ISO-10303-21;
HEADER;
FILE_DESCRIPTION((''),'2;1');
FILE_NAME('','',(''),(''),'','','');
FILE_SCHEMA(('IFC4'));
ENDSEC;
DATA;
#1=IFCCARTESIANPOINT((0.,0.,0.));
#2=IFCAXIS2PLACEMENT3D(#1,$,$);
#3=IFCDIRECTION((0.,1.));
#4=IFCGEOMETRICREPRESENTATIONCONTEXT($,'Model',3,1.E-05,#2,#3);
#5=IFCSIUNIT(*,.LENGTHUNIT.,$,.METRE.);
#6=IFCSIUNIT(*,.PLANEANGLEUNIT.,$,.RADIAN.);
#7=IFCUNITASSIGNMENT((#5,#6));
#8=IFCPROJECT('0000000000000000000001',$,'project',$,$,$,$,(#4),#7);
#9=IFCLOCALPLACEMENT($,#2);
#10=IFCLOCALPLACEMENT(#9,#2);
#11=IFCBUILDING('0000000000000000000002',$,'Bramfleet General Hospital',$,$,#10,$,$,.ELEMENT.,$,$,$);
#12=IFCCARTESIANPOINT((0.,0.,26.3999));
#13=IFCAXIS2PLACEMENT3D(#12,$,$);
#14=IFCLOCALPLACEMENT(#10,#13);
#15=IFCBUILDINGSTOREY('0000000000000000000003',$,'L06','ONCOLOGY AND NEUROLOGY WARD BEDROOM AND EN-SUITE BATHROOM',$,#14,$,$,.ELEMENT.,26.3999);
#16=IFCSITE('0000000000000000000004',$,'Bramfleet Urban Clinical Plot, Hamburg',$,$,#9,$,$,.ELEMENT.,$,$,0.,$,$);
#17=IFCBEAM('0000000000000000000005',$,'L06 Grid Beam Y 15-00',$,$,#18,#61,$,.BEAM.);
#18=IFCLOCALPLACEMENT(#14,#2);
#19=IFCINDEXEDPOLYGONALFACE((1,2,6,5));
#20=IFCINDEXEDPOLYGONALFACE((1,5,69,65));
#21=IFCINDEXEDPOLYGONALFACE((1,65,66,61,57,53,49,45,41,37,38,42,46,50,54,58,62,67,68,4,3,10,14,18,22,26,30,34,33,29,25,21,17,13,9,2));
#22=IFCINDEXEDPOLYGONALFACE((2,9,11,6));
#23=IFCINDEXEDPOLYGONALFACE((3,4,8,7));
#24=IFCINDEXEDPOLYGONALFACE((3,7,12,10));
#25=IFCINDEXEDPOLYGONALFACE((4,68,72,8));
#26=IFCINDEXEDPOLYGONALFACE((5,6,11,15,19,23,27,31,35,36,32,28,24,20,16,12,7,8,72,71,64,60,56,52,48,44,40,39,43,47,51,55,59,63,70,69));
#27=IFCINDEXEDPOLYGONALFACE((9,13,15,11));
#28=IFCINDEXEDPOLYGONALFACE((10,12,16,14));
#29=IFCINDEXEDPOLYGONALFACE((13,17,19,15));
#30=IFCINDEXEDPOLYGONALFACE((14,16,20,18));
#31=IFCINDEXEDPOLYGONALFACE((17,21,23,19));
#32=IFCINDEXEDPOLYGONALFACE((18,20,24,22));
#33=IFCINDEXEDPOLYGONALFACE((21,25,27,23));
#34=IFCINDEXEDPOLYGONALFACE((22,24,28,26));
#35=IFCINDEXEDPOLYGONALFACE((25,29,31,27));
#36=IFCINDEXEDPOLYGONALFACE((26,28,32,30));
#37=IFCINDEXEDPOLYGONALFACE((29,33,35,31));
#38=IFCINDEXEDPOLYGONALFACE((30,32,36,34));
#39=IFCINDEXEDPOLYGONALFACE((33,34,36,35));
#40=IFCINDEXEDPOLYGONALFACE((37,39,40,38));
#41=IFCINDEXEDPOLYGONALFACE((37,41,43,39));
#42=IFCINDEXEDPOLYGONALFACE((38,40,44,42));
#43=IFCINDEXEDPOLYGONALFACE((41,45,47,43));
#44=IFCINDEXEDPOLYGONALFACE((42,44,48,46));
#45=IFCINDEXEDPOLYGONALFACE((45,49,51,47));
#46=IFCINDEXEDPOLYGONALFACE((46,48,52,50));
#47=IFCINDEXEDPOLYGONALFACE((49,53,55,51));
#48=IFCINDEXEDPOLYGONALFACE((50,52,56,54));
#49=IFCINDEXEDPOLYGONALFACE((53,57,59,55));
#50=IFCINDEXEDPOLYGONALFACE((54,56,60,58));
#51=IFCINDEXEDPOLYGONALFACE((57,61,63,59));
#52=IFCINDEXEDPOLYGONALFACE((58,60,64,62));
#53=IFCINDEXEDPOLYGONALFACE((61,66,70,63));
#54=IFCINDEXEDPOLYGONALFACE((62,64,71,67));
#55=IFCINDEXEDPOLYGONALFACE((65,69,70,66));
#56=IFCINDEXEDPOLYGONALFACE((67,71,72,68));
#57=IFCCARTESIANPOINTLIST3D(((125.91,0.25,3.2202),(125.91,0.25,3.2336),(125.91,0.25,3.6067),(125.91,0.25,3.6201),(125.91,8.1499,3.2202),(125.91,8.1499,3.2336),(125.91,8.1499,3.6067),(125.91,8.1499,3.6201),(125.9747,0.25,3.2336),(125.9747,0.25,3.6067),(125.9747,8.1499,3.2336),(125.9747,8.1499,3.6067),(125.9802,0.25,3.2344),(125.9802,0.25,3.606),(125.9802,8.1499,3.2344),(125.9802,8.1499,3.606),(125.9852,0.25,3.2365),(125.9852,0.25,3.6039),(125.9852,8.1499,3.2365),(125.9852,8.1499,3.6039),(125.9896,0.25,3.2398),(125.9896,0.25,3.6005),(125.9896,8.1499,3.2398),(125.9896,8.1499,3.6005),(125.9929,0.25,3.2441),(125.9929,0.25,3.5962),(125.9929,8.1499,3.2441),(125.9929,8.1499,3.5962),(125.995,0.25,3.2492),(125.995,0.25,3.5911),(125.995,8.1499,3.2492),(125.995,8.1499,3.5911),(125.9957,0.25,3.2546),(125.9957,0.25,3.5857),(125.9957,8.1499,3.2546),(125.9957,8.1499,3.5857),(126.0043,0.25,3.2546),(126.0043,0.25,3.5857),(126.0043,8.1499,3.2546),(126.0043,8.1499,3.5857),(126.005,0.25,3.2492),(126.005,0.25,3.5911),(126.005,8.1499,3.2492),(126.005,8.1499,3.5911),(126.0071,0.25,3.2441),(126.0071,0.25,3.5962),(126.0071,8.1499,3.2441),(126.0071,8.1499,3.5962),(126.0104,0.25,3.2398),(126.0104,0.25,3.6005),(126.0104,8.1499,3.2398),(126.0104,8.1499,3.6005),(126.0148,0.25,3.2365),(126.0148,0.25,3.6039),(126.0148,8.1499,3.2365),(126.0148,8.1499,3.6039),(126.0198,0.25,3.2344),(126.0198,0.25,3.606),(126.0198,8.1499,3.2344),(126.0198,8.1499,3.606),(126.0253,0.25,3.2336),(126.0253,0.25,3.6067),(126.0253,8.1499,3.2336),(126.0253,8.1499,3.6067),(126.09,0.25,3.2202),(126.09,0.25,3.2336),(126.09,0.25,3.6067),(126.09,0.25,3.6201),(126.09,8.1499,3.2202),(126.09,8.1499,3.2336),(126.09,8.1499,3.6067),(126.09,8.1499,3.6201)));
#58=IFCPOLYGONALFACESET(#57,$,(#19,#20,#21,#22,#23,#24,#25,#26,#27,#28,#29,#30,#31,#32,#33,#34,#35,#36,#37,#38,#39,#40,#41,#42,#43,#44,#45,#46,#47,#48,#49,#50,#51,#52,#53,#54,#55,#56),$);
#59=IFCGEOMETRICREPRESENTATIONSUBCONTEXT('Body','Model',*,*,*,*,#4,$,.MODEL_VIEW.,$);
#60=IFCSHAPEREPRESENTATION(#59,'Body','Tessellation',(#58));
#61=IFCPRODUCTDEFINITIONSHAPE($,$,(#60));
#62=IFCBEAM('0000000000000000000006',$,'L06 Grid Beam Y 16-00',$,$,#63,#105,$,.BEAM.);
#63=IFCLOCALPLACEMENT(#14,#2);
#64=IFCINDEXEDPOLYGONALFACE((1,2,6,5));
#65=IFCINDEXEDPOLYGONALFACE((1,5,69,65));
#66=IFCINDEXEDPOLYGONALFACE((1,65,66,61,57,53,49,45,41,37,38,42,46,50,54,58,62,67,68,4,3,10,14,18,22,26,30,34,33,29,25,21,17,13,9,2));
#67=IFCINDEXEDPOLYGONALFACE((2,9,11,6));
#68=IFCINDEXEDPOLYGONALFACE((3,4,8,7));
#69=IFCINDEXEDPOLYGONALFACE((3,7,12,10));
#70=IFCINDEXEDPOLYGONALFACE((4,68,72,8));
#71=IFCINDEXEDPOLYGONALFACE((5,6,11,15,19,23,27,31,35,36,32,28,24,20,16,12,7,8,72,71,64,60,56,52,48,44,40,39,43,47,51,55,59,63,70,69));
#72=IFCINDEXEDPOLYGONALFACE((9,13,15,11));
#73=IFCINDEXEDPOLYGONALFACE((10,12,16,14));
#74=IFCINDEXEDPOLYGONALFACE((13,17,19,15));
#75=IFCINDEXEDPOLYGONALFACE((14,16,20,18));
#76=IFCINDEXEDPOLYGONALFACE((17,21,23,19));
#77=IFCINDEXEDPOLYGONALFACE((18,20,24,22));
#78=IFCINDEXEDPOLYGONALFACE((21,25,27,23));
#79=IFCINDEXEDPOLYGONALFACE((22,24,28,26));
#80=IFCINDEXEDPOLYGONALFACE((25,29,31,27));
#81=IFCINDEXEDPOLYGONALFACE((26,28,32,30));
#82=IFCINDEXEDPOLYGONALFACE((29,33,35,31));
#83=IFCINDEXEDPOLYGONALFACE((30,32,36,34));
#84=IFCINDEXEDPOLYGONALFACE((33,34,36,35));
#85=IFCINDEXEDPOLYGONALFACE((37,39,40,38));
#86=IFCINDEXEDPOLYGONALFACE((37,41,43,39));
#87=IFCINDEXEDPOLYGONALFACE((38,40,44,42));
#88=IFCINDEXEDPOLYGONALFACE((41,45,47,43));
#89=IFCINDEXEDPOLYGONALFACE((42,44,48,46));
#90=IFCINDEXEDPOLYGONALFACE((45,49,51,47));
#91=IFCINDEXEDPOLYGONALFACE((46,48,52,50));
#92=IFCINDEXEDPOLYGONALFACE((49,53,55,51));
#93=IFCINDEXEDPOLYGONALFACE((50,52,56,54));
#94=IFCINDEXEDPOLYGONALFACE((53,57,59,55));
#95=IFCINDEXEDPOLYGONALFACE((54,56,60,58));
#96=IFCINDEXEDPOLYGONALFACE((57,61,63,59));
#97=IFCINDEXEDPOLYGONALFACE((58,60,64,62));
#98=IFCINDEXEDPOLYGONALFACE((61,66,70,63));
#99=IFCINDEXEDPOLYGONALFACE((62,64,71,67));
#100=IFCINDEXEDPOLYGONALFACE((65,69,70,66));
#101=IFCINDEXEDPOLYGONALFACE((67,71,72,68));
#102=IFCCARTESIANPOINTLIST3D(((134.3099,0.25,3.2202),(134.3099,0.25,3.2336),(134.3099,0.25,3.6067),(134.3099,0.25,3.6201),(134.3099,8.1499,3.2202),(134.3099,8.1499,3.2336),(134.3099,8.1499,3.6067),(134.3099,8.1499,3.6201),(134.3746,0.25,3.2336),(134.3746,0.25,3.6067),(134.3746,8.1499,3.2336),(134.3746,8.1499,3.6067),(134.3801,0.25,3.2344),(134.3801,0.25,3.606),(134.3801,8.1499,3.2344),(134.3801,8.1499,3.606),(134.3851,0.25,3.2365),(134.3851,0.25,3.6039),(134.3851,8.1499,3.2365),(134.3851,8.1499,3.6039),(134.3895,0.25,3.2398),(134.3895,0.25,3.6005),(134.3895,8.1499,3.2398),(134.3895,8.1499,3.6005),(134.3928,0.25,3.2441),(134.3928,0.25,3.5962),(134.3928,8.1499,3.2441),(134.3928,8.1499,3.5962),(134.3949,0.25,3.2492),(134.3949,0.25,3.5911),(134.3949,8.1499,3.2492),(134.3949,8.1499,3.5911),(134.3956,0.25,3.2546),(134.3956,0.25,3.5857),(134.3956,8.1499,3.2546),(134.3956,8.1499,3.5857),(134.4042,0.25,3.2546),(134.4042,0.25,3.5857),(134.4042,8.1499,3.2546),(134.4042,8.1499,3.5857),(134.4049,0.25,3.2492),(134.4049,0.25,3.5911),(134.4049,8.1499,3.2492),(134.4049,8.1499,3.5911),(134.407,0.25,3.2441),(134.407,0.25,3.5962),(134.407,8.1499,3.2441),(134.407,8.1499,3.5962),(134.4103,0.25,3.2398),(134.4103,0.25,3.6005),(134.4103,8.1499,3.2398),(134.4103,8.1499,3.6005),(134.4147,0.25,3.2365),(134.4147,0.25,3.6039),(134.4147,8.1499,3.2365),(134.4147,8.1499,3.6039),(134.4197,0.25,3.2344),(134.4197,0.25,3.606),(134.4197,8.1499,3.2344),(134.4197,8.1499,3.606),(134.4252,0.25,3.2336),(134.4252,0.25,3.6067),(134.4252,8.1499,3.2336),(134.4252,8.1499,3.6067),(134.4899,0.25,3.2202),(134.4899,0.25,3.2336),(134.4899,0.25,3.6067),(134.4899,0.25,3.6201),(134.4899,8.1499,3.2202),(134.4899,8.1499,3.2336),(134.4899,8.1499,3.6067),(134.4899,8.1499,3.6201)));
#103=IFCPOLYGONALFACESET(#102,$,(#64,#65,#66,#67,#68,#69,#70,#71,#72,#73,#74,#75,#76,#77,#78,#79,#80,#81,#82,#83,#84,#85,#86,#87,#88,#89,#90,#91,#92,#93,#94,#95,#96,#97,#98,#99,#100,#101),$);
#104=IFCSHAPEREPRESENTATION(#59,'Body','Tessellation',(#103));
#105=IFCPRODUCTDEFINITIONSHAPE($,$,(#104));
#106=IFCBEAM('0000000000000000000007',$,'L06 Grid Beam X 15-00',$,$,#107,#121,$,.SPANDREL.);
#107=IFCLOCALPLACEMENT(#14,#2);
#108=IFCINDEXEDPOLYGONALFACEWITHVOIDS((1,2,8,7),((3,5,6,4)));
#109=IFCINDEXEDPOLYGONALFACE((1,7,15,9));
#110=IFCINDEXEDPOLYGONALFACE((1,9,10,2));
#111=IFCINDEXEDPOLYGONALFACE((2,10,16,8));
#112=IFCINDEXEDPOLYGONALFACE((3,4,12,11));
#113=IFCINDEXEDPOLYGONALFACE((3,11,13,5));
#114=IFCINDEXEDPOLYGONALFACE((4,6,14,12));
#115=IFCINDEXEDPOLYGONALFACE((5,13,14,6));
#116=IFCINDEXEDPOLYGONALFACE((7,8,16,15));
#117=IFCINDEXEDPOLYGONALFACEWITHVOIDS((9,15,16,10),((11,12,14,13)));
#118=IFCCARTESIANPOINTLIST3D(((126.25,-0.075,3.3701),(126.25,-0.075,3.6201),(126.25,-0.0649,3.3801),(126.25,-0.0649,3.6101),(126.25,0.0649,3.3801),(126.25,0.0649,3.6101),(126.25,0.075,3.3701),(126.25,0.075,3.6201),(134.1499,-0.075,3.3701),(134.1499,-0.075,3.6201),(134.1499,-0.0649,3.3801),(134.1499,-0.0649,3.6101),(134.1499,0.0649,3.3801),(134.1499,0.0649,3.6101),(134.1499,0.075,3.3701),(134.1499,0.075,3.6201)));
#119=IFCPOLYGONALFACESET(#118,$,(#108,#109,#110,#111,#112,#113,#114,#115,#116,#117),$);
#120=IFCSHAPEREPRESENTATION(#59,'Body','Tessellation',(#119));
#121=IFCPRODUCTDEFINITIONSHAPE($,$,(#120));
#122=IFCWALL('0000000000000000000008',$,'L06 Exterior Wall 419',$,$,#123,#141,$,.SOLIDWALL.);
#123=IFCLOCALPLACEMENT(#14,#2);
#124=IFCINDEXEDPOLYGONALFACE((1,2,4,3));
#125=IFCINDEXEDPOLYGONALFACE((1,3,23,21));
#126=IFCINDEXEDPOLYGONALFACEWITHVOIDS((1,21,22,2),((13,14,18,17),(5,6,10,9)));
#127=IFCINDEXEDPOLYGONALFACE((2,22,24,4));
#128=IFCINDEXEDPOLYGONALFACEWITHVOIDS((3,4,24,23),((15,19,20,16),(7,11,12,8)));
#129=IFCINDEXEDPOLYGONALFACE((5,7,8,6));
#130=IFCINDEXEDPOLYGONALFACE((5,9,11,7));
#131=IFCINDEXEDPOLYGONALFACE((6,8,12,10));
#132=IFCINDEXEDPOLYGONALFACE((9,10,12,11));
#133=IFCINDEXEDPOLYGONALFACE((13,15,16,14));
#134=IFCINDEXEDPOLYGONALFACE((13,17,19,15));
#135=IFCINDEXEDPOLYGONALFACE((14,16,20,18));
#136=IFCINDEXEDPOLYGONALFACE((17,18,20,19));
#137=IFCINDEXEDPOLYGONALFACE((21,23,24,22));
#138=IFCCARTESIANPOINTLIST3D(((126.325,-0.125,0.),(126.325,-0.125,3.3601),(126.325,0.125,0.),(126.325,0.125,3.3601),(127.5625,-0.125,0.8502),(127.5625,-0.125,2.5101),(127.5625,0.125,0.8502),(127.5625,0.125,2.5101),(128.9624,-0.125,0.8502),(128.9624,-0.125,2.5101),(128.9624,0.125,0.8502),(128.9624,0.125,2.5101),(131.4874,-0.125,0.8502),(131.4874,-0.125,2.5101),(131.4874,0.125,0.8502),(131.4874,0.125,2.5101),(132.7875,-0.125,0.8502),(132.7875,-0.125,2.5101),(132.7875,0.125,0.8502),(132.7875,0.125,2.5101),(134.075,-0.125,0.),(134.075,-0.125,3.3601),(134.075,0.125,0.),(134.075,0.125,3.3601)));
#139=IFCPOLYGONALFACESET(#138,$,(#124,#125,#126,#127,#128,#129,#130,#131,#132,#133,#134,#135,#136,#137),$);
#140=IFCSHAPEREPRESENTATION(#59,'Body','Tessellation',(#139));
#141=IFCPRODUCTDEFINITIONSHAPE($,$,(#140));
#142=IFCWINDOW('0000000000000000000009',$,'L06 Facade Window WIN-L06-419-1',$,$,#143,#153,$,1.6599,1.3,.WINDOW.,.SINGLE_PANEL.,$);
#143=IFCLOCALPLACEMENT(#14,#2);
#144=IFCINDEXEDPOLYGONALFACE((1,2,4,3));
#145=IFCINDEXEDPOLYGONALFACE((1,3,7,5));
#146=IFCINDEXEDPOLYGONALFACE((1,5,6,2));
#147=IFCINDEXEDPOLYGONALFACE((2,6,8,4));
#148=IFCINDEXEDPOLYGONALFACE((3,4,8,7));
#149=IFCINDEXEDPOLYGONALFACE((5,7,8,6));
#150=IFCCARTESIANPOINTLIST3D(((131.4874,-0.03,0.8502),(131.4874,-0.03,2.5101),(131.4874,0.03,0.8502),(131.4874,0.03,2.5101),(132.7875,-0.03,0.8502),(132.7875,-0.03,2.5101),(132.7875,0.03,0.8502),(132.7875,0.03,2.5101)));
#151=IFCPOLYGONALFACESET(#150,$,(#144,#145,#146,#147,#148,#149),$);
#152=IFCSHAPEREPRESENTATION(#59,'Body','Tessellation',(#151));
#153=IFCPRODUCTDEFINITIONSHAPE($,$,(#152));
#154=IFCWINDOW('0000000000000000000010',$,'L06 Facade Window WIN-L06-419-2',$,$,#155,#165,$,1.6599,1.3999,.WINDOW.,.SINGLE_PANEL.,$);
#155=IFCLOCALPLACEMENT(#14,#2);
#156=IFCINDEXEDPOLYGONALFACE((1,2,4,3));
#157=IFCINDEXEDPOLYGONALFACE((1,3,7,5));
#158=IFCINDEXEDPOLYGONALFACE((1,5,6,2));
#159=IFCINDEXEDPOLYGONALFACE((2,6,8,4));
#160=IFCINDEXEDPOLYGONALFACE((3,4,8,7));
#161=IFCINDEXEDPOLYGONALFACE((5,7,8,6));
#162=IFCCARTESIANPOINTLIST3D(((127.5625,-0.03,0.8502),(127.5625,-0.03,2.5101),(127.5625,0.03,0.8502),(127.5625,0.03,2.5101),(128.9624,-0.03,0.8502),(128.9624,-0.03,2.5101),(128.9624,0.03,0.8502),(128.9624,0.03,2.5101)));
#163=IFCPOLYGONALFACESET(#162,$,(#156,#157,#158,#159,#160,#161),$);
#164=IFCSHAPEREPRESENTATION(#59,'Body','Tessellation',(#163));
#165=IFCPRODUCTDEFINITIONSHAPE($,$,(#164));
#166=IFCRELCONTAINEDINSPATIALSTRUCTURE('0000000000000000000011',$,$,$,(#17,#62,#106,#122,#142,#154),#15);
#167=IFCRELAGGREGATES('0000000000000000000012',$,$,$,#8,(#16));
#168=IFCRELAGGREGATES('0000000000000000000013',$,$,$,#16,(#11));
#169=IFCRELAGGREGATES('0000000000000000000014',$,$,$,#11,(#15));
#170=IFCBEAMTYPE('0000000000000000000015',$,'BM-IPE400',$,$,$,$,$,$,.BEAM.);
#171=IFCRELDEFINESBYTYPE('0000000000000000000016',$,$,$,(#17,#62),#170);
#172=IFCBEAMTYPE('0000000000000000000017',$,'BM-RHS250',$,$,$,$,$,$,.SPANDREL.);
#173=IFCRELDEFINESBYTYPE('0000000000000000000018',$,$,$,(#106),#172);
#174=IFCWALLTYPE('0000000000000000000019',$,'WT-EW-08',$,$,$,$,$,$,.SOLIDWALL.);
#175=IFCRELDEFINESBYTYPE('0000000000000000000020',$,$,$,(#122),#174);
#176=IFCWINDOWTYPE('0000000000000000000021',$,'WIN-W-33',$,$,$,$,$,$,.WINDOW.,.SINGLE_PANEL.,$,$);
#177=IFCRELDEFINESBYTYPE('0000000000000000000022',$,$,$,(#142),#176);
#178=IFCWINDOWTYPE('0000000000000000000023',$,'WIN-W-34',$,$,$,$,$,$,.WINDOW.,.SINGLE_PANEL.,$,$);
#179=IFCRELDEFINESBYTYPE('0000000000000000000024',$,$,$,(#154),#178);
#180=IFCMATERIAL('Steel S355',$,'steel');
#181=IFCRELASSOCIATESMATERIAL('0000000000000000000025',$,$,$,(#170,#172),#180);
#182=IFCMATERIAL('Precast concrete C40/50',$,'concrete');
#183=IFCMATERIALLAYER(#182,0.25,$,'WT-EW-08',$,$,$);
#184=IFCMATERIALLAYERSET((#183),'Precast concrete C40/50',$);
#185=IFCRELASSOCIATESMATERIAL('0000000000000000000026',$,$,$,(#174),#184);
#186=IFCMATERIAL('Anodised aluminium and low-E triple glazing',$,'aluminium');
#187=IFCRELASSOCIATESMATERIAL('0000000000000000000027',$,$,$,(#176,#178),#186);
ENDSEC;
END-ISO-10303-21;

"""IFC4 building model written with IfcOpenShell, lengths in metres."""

from ifc_helpers import new_model, si_unit, direction, frame, frame_2d, origin, origin_2d, place, context, subcontext, project, spatial, rectangle, hollow_rectangle, i_section, extrude, material, layer, layer_set, material_profile, profile_set, type_object, element, fill, save


model = new_model("IFC4")

# Units and contexts
model_context = context("Model", 3, precision=1e-05, world=origin(), true_north=direction((0.0, 1.0)))
body_context = subcontext(model_context, "Body", "Model", "MODEL_VIEW")
ifc_project = project(units=[si_unit("LENGTHUNIT", "METRE"), si_unit("PLANEANGLEUNIT", "RADIAN")], contexts=[model_context])

# Site, building, storey
site_placement = place(None, origin())
site = spatial("IfcSite", under=ifc_project, at=site_placement, Name="Bramfleet Urban Clinical Plot, Hamburg", CompositionType="ELEMENT", RefElevation=0.0)
building_placement = place(site_placement, origin())
building = spatial("IfcBuilding", under=site, at=building_placement, Name="Bramfleet General Hospital", CompositionType="ELEMENT")
storey_placement = place(building_placement, frame((0.0, 0.0, 26.3999)))
storey = spatial("IfcBuildingStorey", under=building, at=storey_placement, Name="L06", Description="ONCOLOGY AND NEUROLOGY WARD BEDROOM AND EN-SUITE BATHROOM", CompositionType="ELEMENT", Elevation=26.3999)

# Beams
ifc_material_1 = material(Name="Steel S355", Category="steel")
ifc_material_profile_1 = material_profile(ifc_material_1, i_section(OverallWidth=0.1799, OverallDepth=0.3999, WebThickness=0.0085, FlangeThickness=0.0134, FilletRadius=0.021, at=origin_2d()), Name="IPE 400")
ifc_profile_set_1 = profile_set([ifc_material_profile_1], Name="Steel S355")
beam_type_1 = type_object("IfcBeamType", Name="BM-IPE400", PredefinedType="BEAM", material=ifc_profile_set_1)
for number, where, z_axis, x_axis, name in (
    (1, (126.0, 0.25, 3.4202), (0.0, 1.0, 0.0), (-1.0, 0.0, 0.0), "L06 Grid Beam Y 15-00"),
    (2, (134.3999, 0.25, 3.4202), (0.0, 1.0, 0.0), (-1.0, 0.0, 0.0), "L06 Grid Beam Y 16-00"),
):
    element("IfcBeam", number, at=place(storey_placement, frame(where, z_axis=z_axis, x_axis=x_axis)), inside=storey, type_object=beam_type_1, Name=name, PredefinedType="BEAM", context=body_context, shape_type="SweptSolid", body=[
        extrude(i_section(OverallWidth=0.1799, OverallDepth=0.3999, WebThickness=0.0085, FlangeThickness=0.0134, FilletRadius=0.021, at=origin_2d()), origin(), (0.0, 0.0, 1.0), 7.8999),
    ])
ifc_material_profile_2 = material_profile(ifc_material_1, hollow_rectangle(XDim=0.1499, YDim=0.25, WallThickness=0.01, at=origin_2d()), Name="RHS 250x150x10.0")
ifc_profile_set_2 = profile_set([ifc_material_profile_2], Name="Steel S355")
beam_type_2 = type_object("IfcBeamType", Name="BM-RHS250", PredefinedType="SPANDREL", material=ifc_profile_set_2)
beam_placement = place(storey_placement, frame((126.25, 0.0, 3.4951), z_axis=(1.0, 0.0, 0.0), x_axis=(0.0, 1.0, 0.0)))
element("IfcBeam", 3, at=beam_placement, inside=storey, type_object=beam_type_2, Name="L06 Grid Beam X 15-00", PredefinedType="SPANDREL", context=body_context, shape_type="SweptSolid", body=[
    extrude(hollow_rectangle(XDim=0.1499, YDim=0.25, WallThickness=0.01, at=origin_2d()), origin(), (0.0, 0.0, 1.0), 7.8999),
])

# Wall, openings, windows
ifc_material_2 = material(Name="Precast concrete C40/50", Category="concrete")
ifc_layer_1 = layer(ifc_material_2, 0.25, Name="WT-EW-08")
ifc_layer_set_1 = layer_set([ifc_layer_1], Name="Precast concrete C40/50")
wall_type_1 = type_object("IfcWallType", Name="WT-EW-08", PredefinedType="SOLIDWALL", material=ifc_layer_set_1)
wall_1_placement = place(storey_placement, frame((134.075, 0.0, 0.0), z_axis=(0.0, 0.0, 1.0), x_axis=(-1.0, 0.0, 0.0)))
wall_1 = element("IfcWall", 4, at=wall_1_placement, inside=storey, type_object=wall_type_1, Name="L06 Exterior Wall 419", PredefinedType="SOLIDWALL", context=body_context, shape_type="SweptSolid", body=[
    extrude(rectangle(XDim=7.75, YDim=0.25, at=frame_2d((3.875, 0.0))), origin(), (0.0, 0.0, 1.0), 3.3601),
])
opening_1_placement = place(wall_1_placement, frame((1.2876, 0.0, 0.8501)))
opening_1 = element("IfcOpeningElement", 5, at=opening_1_placement, cuts=wall_1, PredefinedType="OPENING", context=body_context, shape_type="SweptSolid", body=[
    extrude(rectangle(XDim=1.3, YDim=1.6599, at=frame_2d((0.6499, 0.8301))), frame((0.0, 0.135, 0.0), z_axis=(0.0, -1.0, 0.0), x_axis=(1.0, 0.0, 0.0)), (0.0, 0.0, 1.0), 0.27),
])
opening_2_placement = place(wall_1_placement, frame((5.1125, 0.0, 0.8501)))
opening_2 = element("IfcOpeningElement", 6, at=opening_2_placement, cuts=wall_1, PredefinedType="OPENING", context=body_context, shape_type="SweptSolid", body=[
    extrude(rectangle(XDim=1.3999, YDim=1.6599, at=frame_2d((0.7, 0.8301))), frame((0.0, 0.135, 0.0), z_axis=(0.0, -1.0, 0.0), x_axis=(1.0, 0.0, 0.0)), (0.0, 0.0, 1.0), 0.27),
])
ifc_material_3 = material(Name="Anodised aluminium and low-E triple glazing", Category="aluminium")
window_type_1 = type_object("IfcWindowType", Name="WIN-W-33", PartitioningType="SINGLE_PANEL", PredefinedType="WINDOW", material=ifc_material_3)
window_1_placement = place(opening_1_placement, origin())
window_1 = element("IfcWindow", 7, at=window_1_placement, inside=storey, type_object=window_type_1, Name="L06 Facade Window WIN-L06-419-1", OverallHeight=1.6599, OverallWidth=1.3, PartitioningType="SINGLE_PANEL", PredefinedType="WINDOW", context=body_context, shape_type="SweptSolid", body=[
    extrude(rectangle(XDim=1.3, YDim=1.6599, at=frame_2d((0.6499, 0.8301))), frame((0.0, 0.03, 0.0), z_axis=(0.0, -1.0, 0.0), x_axis=(1.0, 0.0, 0.0)), (0.0, 0.0, 1.0), 0.0601),
])
fill(opening_1, window_1)
window_type_2 = type_object("IfcWindowType", Name="WIN-W-34", PartitioningType="SINGLE_PANEL", PredefinedType="WINDOW", material=ifc_material_3)
window_2_placement = place(opening_2_placement, origin())
window_2 = element("IfcWindow", 8, at=window_2_placement, inside=storey, type_object=window_type_2, Name="L06 Facade Window WIN-L06-419-2", OverallHeight=1.6599, OverallWidth=1.3999, PartitioningType="SINGLE_PANEL", PredefinedType="WINDOW", context=body_context, shape_type="SweptSolid", body=[
    extrude(rectangle(XDim=1.3999, YDim=1.6599, at=frame_2d((0.7, 0.8301))), frame((0.0, 0.03, 0.0), z_axis=(0.0, -1.0, 0.0), x_axis=(1.0, 0.0, 0.0)), (0.0, 0.0, 1.0), 0.0601),
])
fill(opening_2, window_2)

save(model, "model.ifc")
